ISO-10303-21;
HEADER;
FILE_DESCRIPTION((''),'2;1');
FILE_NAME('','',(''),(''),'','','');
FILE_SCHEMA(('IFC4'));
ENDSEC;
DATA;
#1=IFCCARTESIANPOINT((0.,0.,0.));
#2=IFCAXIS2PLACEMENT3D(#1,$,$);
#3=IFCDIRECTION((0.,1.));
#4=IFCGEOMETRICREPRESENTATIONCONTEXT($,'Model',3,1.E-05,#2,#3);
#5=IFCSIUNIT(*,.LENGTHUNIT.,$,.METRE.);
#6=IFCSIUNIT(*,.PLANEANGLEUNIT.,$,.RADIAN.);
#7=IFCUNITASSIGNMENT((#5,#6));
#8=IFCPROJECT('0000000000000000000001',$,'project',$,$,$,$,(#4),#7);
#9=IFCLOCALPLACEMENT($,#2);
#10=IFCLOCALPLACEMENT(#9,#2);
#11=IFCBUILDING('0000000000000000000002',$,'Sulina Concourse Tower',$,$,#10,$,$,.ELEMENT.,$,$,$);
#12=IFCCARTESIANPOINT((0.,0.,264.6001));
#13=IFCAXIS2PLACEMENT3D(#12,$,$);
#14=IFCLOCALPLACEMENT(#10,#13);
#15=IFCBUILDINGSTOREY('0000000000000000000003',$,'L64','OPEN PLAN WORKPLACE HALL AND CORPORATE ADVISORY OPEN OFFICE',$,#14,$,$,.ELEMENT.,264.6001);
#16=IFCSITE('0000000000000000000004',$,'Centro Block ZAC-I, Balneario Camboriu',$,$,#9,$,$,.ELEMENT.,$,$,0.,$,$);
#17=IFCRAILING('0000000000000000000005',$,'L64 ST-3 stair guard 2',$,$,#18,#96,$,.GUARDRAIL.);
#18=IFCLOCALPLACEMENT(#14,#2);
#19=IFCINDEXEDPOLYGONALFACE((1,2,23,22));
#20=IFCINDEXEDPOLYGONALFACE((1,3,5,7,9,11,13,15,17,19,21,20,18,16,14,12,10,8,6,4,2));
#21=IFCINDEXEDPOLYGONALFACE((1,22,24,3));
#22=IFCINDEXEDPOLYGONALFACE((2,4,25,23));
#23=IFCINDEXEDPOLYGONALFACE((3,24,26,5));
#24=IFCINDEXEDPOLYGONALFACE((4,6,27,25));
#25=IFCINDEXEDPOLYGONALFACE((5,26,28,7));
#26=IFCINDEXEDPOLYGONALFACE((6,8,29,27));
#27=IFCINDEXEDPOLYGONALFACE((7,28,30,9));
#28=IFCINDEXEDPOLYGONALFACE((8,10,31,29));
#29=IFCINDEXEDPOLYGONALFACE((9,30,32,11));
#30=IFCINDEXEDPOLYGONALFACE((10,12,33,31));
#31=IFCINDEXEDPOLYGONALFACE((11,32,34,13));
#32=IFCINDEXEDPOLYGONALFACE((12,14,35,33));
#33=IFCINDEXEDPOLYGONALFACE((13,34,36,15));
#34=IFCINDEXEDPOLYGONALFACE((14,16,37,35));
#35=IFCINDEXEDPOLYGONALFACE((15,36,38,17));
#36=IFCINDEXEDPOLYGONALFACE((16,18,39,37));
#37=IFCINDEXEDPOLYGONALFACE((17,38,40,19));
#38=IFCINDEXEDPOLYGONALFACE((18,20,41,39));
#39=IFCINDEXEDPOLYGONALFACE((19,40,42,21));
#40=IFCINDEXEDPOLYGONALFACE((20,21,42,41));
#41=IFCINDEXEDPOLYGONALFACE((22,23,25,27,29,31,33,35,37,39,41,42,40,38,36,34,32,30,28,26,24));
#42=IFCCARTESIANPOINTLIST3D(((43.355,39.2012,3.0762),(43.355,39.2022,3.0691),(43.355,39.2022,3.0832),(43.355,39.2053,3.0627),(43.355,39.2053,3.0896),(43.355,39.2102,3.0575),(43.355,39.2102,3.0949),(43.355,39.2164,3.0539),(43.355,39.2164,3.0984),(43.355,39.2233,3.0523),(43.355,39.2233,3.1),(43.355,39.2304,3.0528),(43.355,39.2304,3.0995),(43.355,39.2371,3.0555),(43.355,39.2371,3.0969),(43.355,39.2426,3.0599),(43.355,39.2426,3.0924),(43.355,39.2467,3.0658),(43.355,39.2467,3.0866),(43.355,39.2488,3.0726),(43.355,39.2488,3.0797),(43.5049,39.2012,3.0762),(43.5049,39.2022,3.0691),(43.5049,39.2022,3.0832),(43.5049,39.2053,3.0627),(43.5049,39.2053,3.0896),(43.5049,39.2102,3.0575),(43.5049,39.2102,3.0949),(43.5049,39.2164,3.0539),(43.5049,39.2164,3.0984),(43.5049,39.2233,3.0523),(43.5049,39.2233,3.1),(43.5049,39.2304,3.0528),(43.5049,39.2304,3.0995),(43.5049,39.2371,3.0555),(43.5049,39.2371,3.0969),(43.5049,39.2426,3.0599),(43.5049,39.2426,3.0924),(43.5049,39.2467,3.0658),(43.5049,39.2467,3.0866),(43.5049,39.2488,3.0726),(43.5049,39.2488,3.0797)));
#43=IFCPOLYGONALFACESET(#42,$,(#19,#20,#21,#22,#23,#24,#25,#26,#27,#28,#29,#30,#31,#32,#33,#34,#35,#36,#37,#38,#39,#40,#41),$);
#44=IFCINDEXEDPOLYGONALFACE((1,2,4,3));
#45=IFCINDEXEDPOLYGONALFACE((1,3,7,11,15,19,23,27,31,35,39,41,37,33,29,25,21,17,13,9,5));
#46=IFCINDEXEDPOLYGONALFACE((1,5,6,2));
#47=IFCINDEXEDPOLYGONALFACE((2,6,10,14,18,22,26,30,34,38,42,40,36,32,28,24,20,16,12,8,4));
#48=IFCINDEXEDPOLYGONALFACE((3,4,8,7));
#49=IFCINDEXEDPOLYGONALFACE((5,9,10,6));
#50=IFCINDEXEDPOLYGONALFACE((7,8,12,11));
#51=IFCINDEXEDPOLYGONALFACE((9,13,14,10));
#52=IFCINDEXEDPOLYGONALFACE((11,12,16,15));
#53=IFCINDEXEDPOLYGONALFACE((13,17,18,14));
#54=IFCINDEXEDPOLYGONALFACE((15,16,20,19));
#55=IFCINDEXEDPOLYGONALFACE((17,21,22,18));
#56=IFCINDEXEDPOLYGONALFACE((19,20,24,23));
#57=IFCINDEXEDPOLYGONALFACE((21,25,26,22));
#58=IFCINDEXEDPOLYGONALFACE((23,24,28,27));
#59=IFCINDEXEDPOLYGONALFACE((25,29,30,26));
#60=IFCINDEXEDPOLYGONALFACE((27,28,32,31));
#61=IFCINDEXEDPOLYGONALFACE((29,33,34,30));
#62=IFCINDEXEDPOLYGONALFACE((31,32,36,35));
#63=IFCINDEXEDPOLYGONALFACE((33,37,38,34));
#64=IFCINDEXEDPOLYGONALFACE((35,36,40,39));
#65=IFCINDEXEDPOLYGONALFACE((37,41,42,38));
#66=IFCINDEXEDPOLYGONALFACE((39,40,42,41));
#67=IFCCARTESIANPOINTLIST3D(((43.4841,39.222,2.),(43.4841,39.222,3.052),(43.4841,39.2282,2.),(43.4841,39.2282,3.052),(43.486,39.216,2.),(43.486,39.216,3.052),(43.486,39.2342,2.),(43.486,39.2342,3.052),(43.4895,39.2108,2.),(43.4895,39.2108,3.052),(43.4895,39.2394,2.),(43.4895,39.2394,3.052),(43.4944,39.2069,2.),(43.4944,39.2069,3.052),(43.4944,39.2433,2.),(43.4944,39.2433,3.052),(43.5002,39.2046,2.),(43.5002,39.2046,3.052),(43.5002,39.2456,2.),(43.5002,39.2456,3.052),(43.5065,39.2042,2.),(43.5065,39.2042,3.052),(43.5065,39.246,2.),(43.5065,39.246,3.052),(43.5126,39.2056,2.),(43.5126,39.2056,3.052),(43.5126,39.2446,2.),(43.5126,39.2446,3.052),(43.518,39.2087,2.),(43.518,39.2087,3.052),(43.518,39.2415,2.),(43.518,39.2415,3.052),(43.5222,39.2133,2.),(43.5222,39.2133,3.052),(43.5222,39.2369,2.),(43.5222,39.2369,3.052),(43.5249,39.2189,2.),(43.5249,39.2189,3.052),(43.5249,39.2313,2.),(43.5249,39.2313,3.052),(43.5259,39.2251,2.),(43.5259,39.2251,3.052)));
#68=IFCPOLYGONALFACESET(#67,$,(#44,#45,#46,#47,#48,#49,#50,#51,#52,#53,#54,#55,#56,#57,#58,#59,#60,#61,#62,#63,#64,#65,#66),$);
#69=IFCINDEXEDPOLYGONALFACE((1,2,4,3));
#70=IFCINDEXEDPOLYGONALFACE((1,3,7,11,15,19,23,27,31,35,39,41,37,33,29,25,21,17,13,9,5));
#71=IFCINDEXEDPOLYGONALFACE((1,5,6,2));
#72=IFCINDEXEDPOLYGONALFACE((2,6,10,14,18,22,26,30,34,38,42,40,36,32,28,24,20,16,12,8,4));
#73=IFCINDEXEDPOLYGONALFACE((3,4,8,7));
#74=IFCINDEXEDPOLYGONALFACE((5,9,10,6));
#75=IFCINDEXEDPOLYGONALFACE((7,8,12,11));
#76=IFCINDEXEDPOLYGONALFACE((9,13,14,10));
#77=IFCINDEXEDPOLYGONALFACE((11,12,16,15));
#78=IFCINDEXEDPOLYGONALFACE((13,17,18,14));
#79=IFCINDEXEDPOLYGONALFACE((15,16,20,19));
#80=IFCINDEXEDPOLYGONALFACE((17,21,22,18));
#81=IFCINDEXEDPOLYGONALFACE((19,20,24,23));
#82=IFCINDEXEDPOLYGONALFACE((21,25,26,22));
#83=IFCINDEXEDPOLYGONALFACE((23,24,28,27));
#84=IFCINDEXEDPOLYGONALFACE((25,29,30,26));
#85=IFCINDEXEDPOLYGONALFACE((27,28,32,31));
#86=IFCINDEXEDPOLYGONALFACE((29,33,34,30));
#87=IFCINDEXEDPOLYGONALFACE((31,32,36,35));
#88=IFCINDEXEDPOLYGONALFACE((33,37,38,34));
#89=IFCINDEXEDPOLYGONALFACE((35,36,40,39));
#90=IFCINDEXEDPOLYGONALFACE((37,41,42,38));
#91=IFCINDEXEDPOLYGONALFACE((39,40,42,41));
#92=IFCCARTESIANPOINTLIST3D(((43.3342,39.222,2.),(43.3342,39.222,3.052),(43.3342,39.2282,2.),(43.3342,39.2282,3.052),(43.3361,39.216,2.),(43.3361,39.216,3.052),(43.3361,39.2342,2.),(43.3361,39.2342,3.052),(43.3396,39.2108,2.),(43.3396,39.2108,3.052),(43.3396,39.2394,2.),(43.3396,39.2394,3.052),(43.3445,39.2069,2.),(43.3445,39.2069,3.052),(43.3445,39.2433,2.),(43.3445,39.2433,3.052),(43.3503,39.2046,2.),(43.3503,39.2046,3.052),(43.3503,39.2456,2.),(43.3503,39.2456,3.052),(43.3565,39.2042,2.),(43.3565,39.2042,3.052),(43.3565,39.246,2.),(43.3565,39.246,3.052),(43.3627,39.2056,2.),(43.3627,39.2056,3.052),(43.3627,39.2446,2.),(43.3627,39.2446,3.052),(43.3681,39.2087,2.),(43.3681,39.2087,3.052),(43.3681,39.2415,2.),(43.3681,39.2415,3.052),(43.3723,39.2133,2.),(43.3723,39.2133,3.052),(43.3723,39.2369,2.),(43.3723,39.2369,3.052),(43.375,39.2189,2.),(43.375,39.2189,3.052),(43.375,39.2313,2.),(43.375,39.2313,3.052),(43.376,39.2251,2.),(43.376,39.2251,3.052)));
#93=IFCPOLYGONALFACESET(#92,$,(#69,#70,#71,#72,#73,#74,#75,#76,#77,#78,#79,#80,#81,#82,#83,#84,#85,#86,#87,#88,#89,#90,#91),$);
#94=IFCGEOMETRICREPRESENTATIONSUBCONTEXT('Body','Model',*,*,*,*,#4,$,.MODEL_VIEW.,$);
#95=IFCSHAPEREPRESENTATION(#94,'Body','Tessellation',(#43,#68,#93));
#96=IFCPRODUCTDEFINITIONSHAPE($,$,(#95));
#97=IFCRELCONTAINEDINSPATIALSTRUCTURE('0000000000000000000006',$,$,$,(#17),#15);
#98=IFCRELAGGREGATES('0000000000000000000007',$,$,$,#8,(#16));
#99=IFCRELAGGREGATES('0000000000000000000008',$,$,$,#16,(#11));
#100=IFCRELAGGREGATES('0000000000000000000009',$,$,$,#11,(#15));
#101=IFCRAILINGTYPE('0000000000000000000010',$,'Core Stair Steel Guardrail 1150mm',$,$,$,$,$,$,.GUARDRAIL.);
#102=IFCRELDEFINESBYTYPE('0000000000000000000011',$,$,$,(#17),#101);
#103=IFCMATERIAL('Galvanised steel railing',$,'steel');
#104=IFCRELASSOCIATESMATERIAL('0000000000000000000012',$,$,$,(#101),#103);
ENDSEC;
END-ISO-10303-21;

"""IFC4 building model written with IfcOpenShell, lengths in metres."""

from ifc_helpers import new_model, si_unit, direction, frame, origin, origin_2d, place, context, subcontext, project, spatial, circle, extrude, material, type_object, element, save


model = new_model("IFC4")

# Units and contexts
model_context = context("Model", 3, precision=1e-05, world=origin(), true_north=direction((0.0, 1.0)))
body_context = subcontext(model_context, "Body", "Model", "MODEL_VIEW")
ifc_project = project(units=[si_unit("LENGTHUNIT", "METRE"), si_unit("PLANEANGLEUNIT", "RADIAN")], contexts=[model_context])

# Site, building, storey
site_placement = place(None, origin())
site = spatial("IfcSite", under=ifc_project, at=site_placement, Name="Centro Block ZAC-I, Balneario Camboriu", CompositionType="ELEMENT", RefElevation=0.0)
building_placement = place(site_placement, origin())
building = spatial("IfcBuilding", under=site, at=building_placement, Name="Sulina Concourse Tower", CompositionType="ELEMENT")
storey_placement = place(building_placement, frame((0.0, 0.0, 264.6001)))
storey = spatial("IfcBuildingStorey", under=building, at=storey_placement, Name="L64", Description="OPEN PLAN WORKPLACE HALL AND CORPORATE ADVISORY OPEN OFFICE", CompositionType="ELEMENT", Elevation=264.6001)

# Railing
ifc_material_1 = material(Name="Galvanised steel railing", Category="steel")
railing_type_1 = type_object("IfcRailingType", Name="Core Stair Steel Guardrail 1150mm", PredefinedType="GUARDRAIL", material=ifc_material_1)
railing_1_placement = place(storey_placement, frame((43.5049, 39.2251, 2.0)))
element("IfcRailing", 1, at=railing_1_placement, inside=storey, type_object=railing_type_1, Name="L64 ST-3 stair guard 2", PredefinedType="GUARDRAIL", context=body_context, shape_type="SweptSolid", body=[
    extrude(circle(Radius=0.0239, at=origin_2d()), frame((0.0, 0.0, 1.0762), z_axis=(-1.0, 0.0, 0.0), x_axis=(0.0, -1.0, 0.0)), (0.0, 0.0, 1.0), 0.1499),
    extrude(circle(Radius=0.021, at=origin_2d()), origin(), (0.0, 0.0, 1.0), 1.052),
    extrude(circle(Radius=0.021, at=origin_2d()), frame((-0.1499, 0.0, 0.0)), (0.0, 0.0, 1.0), 1.052),
])

save(model, "model.ifc")
